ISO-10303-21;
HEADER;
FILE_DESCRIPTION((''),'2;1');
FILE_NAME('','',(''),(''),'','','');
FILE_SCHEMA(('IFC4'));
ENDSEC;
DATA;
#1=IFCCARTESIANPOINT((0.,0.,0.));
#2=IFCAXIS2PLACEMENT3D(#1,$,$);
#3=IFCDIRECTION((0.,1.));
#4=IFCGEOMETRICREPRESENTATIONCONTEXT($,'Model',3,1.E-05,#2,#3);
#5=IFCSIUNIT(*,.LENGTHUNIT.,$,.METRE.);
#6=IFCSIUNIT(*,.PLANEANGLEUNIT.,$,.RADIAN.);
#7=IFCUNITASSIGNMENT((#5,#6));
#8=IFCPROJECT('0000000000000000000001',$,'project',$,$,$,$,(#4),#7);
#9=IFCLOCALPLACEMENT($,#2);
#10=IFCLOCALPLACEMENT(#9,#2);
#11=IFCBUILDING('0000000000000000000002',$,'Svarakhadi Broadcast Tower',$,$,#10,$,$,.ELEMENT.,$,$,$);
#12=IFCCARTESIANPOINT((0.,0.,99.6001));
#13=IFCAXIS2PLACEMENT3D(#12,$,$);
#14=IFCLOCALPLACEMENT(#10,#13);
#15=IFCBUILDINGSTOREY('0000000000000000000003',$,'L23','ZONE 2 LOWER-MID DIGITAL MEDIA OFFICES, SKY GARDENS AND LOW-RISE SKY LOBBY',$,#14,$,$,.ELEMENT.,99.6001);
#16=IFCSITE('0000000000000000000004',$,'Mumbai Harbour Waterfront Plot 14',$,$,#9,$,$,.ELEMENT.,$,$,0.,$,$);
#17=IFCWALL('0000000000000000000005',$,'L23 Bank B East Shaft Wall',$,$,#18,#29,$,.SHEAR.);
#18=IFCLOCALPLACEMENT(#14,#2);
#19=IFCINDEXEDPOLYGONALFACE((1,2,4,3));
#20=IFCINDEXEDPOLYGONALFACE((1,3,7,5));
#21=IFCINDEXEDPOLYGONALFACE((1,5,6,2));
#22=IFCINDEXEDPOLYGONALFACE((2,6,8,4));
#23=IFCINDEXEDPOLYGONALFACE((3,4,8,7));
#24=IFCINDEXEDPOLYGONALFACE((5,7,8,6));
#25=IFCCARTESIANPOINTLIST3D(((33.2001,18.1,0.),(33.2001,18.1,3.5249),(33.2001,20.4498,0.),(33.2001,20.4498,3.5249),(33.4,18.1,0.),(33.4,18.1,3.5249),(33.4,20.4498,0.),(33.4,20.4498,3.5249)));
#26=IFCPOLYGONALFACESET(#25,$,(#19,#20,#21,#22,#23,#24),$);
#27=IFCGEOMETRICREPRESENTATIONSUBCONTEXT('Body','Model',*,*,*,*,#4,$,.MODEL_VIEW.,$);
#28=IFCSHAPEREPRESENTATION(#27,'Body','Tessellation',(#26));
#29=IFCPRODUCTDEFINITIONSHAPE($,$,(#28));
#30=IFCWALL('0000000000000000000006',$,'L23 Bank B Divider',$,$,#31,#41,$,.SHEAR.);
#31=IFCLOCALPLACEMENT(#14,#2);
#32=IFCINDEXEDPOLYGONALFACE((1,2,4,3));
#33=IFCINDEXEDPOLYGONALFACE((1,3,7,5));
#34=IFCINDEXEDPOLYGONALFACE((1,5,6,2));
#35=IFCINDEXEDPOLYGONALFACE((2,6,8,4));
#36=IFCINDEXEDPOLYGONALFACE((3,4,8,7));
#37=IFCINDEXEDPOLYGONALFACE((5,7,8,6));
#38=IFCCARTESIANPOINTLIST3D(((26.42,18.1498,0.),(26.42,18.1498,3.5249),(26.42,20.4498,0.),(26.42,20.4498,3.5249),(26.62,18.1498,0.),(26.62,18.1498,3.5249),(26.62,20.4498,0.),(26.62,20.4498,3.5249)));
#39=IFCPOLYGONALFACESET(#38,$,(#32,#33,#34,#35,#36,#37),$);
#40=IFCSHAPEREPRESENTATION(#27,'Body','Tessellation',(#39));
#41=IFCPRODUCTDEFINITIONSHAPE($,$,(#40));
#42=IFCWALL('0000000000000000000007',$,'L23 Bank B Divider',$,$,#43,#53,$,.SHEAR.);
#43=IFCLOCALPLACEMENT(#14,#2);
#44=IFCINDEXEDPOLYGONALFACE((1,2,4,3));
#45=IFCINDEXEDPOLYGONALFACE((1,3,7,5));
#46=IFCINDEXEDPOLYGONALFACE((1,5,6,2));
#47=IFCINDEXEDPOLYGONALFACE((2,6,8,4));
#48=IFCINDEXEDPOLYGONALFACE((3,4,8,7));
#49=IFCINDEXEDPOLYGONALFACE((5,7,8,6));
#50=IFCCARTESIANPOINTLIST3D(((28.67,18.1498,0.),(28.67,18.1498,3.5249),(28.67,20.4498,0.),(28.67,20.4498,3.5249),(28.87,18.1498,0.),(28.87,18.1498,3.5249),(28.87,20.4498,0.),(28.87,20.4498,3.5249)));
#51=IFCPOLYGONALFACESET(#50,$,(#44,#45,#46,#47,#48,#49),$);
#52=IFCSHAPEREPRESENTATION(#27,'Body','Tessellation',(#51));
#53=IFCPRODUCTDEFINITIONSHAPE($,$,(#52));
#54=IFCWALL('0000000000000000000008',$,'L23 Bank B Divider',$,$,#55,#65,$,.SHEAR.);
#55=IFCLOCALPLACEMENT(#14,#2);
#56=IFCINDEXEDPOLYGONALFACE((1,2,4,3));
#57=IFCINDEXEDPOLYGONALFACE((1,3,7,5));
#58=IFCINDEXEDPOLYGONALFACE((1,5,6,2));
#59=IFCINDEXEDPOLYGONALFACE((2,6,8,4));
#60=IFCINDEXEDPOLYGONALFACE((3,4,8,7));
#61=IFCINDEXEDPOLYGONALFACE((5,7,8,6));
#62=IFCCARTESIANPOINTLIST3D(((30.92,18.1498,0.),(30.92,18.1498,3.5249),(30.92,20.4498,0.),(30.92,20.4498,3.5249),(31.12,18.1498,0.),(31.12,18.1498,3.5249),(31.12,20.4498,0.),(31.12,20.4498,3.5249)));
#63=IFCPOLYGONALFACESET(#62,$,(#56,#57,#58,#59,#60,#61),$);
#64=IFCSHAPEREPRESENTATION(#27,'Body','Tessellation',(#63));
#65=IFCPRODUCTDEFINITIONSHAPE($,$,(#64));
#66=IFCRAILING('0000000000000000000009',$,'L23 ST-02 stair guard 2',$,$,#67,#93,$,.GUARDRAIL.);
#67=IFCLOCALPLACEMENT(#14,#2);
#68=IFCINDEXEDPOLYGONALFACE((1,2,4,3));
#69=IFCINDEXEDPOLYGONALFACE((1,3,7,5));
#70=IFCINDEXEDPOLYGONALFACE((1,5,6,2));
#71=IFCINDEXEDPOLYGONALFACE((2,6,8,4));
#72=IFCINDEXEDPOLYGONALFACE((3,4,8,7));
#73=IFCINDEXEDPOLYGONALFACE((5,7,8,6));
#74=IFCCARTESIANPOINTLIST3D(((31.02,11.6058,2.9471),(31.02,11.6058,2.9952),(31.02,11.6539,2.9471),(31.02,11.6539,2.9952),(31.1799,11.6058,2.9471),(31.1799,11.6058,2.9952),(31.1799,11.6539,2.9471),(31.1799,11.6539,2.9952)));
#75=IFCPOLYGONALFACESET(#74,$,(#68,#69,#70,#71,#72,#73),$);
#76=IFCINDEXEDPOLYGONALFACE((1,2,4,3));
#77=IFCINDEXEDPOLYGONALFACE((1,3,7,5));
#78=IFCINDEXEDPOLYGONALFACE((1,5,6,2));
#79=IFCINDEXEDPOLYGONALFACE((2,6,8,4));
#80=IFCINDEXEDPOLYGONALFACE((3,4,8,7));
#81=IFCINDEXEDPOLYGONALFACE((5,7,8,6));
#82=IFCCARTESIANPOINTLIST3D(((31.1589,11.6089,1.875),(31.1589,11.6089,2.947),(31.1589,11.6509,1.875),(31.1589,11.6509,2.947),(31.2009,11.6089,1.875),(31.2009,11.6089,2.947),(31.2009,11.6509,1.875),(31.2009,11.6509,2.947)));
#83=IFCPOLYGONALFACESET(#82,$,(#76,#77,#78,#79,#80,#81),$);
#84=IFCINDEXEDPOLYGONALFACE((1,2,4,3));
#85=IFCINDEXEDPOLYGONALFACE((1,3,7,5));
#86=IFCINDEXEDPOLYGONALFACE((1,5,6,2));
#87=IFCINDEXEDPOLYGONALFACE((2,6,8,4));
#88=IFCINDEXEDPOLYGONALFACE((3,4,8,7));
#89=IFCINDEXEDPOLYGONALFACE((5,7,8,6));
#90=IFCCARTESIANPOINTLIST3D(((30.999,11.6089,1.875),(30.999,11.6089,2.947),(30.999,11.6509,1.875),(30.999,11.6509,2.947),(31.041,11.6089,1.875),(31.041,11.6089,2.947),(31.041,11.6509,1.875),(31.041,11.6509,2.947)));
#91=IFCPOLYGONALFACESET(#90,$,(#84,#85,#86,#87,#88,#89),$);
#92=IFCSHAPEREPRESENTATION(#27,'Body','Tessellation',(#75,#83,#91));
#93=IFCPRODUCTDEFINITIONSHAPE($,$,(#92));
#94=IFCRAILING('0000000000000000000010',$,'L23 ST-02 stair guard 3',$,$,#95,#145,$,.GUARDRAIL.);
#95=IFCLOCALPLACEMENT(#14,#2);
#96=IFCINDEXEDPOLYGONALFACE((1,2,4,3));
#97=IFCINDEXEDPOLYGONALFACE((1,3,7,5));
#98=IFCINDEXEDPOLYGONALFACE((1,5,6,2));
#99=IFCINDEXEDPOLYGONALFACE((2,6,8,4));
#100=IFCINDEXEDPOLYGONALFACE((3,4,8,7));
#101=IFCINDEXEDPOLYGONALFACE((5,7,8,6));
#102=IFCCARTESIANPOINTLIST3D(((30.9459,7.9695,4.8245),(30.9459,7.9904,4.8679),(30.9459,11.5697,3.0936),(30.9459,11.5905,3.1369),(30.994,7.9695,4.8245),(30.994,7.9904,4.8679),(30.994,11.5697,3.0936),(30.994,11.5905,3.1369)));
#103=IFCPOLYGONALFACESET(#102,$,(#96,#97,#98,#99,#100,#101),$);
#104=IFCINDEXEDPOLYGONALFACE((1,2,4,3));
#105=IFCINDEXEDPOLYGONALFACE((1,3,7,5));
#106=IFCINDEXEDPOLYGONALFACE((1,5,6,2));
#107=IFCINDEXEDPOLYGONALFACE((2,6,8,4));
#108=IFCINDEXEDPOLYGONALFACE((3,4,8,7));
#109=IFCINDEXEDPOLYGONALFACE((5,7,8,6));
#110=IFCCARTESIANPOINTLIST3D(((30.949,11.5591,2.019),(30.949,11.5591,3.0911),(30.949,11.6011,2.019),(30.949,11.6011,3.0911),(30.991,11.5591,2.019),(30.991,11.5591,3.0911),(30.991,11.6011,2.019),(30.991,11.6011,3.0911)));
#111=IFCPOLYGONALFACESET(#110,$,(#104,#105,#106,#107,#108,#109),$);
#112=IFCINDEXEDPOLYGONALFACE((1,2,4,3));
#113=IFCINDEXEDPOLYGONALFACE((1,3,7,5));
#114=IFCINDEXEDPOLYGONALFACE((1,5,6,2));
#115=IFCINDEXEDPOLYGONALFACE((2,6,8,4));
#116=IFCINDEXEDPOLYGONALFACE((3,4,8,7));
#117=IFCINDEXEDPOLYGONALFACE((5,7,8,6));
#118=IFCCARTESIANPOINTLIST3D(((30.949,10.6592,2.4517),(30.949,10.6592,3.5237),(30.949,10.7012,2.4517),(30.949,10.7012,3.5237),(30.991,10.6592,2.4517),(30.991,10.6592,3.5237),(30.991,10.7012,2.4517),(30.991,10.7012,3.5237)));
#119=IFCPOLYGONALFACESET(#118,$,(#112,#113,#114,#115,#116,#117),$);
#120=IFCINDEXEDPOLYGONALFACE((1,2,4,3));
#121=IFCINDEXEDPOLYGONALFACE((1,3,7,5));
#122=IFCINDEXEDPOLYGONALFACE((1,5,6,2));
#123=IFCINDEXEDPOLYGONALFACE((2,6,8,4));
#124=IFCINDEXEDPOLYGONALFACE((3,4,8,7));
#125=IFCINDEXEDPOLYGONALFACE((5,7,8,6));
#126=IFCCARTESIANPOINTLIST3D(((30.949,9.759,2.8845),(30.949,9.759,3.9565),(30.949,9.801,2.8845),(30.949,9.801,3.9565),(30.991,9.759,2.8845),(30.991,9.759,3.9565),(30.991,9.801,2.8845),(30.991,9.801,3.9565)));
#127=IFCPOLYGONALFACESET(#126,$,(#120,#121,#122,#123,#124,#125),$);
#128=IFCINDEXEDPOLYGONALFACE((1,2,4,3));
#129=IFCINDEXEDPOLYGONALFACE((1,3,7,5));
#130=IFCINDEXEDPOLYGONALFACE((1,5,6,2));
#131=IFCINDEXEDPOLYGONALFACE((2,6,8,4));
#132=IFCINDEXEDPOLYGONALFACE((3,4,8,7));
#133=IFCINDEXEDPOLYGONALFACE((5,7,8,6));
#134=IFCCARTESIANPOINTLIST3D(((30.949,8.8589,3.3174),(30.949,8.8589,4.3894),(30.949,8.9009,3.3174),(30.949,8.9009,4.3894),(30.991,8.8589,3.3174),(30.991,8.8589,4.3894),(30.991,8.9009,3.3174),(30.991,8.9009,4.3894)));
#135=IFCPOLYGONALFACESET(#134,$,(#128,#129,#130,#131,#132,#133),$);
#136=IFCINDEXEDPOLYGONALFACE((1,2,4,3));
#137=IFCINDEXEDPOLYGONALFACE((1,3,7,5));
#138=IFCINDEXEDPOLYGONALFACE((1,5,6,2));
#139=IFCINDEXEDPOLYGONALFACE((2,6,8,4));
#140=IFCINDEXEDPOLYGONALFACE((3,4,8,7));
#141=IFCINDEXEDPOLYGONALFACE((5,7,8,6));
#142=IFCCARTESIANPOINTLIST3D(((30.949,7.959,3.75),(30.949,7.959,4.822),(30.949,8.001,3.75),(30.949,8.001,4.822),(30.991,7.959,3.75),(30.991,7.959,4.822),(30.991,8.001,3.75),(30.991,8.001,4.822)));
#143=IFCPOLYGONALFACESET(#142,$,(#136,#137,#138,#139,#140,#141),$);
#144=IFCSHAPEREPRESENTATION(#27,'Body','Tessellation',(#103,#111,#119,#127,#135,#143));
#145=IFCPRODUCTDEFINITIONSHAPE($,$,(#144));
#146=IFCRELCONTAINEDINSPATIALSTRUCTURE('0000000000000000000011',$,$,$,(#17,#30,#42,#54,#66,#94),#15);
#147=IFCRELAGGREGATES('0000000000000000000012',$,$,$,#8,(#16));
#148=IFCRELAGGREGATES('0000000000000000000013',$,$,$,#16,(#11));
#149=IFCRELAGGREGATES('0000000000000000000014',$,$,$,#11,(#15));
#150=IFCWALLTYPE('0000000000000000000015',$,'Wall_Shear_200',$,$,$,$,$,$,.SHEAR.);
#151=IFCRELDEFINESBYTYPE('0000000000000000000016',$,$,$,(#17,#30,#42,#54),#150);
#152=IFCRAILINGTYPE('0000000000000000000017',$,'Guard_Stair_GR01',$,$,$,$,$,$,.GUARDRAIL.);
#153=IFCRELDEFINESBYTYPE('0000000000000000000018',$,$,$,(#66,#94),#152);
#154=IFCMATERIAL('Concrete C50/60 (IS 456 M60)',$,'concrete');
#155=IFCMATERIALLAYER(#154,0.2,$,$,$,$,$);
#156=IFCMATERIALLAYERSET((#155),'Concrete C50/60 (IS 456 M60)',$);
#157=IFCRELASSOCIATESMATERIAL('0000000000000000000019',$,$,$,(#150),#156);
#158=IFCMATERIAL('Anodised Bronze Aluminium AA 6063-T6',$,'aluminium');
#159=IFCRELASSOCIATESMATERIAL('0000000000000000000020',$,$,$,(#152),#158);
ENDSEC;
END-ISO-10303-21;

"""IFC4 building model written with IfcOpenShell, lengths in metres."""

from ifc_helpers import new_model, si_unit, direction, frame, frame_2d, origin, origin_2d, place, context, subcontext, project, spatial, rectangle, extrude, material, layer, layer_set, type_object, element, save


model = new_model("IFC4")

# Units and contexts
model_context = context("Model", 3, precision=1e-05, world=origin(), true_north=direction((0.0, 1.0)))
body_context = subcontext(model_context, "Body", "Model", "MODEL_VIEW")
ifc_project = project(units=[si_unit("LENGTHUNIT", "METRE"), si_unit("PLANEANGLEUNIT", "RADIAN")], contexts=[model_context])

# Site, building, storey
site_placement = place(None, origin())
site = spatial("IfcSite", under=ifc_project, at=site_placement, Name="Mumbai Harbour Waterfront Plot 14", CompositionType="ELEMENT", RefElevation=0.0)
building_placement = place(site_placement, origin())
building = spatial("IfcBuilding", under=site, at=building_placement, Name="Svarakhadi Broadcast Tower", CompositionType="ELEMENT")
storey_placement = place(building_placement, frame((0.0, 0.0, 99.6001)))
storey = spatial("IfcBuildingStorey", under=building, at=storey_placement, Name="L23", Description="ZONE 2 LOWER-MID DIGITAL MEDIA OFFICES, SKY GARDENS AND LOW-RISE SKY LOBBY", CompositionType="ELEMENT", Elevation=99.6001)

# Shared definitions
ifc_material_1 = material(Name="Concrete C50/60 (IS 456 M60)", Category="concrete")

# Shared definitions
ifc_material_2 = material(Name="Anodised Bronze Aluminium AA 6063-T6", Category="aluminium")

# Shared definitions
ifc_layer_1 = layer(ifc_material_1, 0.2)
ifc_layer_set_1 = layer_set([ifc_layer_1], Name="Concrete C50/60 (IS 456 M60)")
wall_type_1 = type_object("IfcWallType", Name="Wall_Shear_200", PredefinedType="SHEAR", material=ifc_layer_set_1)

# Walls
wall_1_placement = place(storey_placement, frame((33.3, 18.1001, 0.0), z_axis=(0.0, 0.0, 1.0), x_axis=(0.0, 1.0, 0.0)))
element("IfcWall", 1, at=wall_1_placement, inside=storey, type_object=wall_type_1, Name="L23 Bank B East Shaft Wall", PredefinedType="SHEAR", context=body_context, shape_type="SweptSolid", body=[
    extrude(rectangle(XDim=2.3499, YDim=0.2, at=frame_2d((1.1748, 0.0))), origin(), (0.0, 0.0, 1.0), 3.5249),
])
for number, where, z_axis, x_axis, name in (
    (2, (26.52, 18.1499, 0.0), (0.0, 0.0, 1.0), (0.0, 1.0, 0.0), "L23 Bank B Divider"),
    (3, (28.77, 18.1499, 0.0), (0.0, 0.0, 1.0), (0.0, 1.0, 0.0), "L23 Bank B Divider"),
    (4, (31.02, 18.1499, 0.0), (0.0, 0.0, 1.0), (0.0, 1.0, 0.0), "L23 Bank B Divider"),
):
    element("IfcWall", number, at=place(storey_placement, frame(where, z_axis=z_axis, x_axis=x_axis)), inside=storey, type_object=wall_type_1, Name=name, PredefinedType="SHEAR", context=body_context, shape_type="SweptSolid", body=[
        extrude(rectangle(XDim=2.3, YDim=0.2, at=frame_2d((1.1499, 0.0))), origin(), (0.0, 0.0, 1.0), 3.5249),
    ])

# Railings
railing_type = type_object("IfcRailingType", Name="Guard_Stair_GR01", PredefinedType="GUARDRAIL", material=ifc_material_2)
railing_1_placement = place(storey_placement, frame((31.1799, 11.6299, 1.875)))
element("IfcRailing", 5, at=railing_1_placement, inside=storey, type_object=railing_type, Name="L23 ST-02 stair guard 2", PredefinedType="GUARDRAIL", context=body_context, shape_type="SweptSolid", body=[
    extrude(rectangle(XDim=0.0481, YDim=0.0481, at=origin_2d()), frame((0.0, 0.0, 1.0962), z_axis=(-1.0, 0.0, 0.0), x_axis=(0.0, -1.0, 0.0)), (0.0, 0.0, 1.0), 0.1599),
    extrude(rectangle(XDim=0.042, YDim=0.042, at=origin_2d()), origin(), (0.0, 0.0, 1.0), 1.072),
    extrude(rectangle(XDim=0.042, YDim=0.042, at=origin_2d()), frame((-0.1599, 0.0, 0.0)), (0.0, 0.0, 1.0), 1.072),
])
railing_2_placement = place(storey_placement, frame((30.97, 11.5801, 2.019)))
element("IfcRailing", 6, at=railing_2_placement, inside=storey, type_object=railing_type, Name="L23 ST-02 stair guard 3", PredefinedType="GUARDRAIL", context=body_context, shape_type="SweptSolid", body=[
    extrude(rectangle(XDim=0.0481, YDim=0.0481, at=origin_2d()), frame((0.0, 0.0, 1.0962), z_axis=(0.0, -0.901239, 0.433323), x_axis=(1.0, 0.0, 0.0)), (0.0, 0.0, 1.0), 3.9946),
    extrude(rectangle(XDim=0.042, YDim=0.042, at=origin_2d()), origin(), (0.0, 0.0, 1.0), 1.072),
    extrude(rectangle(XDim=0.042, YDim=0.042, at=origin_2d()), frame((0.0, -0.8999, 0.4326)), (0.0, 0.0, 1.0), 1.072),
    extrude(rectangle(XDim=0.042, YDim=0.042, at=origin_2d()), frame((0.0, -1.8, 0.8655)), (0.0, 0.0, 1.0), 1.072),
    extrude(rectangle(XDim=0.042, YDim=0.042, at=origin_2d()), frame((0.0, -2.7002, 1.2983)), (0.0, 0.0, 1.0), 1.072),
    extrude(rectangle(XDim=0.042, YDim=0.042, at=origin_2d()), frame((0.0, -3.6001, 1.731)), (0.0, 0.0, 1.0), 1.072),
])

save(model, "model.ifc")
